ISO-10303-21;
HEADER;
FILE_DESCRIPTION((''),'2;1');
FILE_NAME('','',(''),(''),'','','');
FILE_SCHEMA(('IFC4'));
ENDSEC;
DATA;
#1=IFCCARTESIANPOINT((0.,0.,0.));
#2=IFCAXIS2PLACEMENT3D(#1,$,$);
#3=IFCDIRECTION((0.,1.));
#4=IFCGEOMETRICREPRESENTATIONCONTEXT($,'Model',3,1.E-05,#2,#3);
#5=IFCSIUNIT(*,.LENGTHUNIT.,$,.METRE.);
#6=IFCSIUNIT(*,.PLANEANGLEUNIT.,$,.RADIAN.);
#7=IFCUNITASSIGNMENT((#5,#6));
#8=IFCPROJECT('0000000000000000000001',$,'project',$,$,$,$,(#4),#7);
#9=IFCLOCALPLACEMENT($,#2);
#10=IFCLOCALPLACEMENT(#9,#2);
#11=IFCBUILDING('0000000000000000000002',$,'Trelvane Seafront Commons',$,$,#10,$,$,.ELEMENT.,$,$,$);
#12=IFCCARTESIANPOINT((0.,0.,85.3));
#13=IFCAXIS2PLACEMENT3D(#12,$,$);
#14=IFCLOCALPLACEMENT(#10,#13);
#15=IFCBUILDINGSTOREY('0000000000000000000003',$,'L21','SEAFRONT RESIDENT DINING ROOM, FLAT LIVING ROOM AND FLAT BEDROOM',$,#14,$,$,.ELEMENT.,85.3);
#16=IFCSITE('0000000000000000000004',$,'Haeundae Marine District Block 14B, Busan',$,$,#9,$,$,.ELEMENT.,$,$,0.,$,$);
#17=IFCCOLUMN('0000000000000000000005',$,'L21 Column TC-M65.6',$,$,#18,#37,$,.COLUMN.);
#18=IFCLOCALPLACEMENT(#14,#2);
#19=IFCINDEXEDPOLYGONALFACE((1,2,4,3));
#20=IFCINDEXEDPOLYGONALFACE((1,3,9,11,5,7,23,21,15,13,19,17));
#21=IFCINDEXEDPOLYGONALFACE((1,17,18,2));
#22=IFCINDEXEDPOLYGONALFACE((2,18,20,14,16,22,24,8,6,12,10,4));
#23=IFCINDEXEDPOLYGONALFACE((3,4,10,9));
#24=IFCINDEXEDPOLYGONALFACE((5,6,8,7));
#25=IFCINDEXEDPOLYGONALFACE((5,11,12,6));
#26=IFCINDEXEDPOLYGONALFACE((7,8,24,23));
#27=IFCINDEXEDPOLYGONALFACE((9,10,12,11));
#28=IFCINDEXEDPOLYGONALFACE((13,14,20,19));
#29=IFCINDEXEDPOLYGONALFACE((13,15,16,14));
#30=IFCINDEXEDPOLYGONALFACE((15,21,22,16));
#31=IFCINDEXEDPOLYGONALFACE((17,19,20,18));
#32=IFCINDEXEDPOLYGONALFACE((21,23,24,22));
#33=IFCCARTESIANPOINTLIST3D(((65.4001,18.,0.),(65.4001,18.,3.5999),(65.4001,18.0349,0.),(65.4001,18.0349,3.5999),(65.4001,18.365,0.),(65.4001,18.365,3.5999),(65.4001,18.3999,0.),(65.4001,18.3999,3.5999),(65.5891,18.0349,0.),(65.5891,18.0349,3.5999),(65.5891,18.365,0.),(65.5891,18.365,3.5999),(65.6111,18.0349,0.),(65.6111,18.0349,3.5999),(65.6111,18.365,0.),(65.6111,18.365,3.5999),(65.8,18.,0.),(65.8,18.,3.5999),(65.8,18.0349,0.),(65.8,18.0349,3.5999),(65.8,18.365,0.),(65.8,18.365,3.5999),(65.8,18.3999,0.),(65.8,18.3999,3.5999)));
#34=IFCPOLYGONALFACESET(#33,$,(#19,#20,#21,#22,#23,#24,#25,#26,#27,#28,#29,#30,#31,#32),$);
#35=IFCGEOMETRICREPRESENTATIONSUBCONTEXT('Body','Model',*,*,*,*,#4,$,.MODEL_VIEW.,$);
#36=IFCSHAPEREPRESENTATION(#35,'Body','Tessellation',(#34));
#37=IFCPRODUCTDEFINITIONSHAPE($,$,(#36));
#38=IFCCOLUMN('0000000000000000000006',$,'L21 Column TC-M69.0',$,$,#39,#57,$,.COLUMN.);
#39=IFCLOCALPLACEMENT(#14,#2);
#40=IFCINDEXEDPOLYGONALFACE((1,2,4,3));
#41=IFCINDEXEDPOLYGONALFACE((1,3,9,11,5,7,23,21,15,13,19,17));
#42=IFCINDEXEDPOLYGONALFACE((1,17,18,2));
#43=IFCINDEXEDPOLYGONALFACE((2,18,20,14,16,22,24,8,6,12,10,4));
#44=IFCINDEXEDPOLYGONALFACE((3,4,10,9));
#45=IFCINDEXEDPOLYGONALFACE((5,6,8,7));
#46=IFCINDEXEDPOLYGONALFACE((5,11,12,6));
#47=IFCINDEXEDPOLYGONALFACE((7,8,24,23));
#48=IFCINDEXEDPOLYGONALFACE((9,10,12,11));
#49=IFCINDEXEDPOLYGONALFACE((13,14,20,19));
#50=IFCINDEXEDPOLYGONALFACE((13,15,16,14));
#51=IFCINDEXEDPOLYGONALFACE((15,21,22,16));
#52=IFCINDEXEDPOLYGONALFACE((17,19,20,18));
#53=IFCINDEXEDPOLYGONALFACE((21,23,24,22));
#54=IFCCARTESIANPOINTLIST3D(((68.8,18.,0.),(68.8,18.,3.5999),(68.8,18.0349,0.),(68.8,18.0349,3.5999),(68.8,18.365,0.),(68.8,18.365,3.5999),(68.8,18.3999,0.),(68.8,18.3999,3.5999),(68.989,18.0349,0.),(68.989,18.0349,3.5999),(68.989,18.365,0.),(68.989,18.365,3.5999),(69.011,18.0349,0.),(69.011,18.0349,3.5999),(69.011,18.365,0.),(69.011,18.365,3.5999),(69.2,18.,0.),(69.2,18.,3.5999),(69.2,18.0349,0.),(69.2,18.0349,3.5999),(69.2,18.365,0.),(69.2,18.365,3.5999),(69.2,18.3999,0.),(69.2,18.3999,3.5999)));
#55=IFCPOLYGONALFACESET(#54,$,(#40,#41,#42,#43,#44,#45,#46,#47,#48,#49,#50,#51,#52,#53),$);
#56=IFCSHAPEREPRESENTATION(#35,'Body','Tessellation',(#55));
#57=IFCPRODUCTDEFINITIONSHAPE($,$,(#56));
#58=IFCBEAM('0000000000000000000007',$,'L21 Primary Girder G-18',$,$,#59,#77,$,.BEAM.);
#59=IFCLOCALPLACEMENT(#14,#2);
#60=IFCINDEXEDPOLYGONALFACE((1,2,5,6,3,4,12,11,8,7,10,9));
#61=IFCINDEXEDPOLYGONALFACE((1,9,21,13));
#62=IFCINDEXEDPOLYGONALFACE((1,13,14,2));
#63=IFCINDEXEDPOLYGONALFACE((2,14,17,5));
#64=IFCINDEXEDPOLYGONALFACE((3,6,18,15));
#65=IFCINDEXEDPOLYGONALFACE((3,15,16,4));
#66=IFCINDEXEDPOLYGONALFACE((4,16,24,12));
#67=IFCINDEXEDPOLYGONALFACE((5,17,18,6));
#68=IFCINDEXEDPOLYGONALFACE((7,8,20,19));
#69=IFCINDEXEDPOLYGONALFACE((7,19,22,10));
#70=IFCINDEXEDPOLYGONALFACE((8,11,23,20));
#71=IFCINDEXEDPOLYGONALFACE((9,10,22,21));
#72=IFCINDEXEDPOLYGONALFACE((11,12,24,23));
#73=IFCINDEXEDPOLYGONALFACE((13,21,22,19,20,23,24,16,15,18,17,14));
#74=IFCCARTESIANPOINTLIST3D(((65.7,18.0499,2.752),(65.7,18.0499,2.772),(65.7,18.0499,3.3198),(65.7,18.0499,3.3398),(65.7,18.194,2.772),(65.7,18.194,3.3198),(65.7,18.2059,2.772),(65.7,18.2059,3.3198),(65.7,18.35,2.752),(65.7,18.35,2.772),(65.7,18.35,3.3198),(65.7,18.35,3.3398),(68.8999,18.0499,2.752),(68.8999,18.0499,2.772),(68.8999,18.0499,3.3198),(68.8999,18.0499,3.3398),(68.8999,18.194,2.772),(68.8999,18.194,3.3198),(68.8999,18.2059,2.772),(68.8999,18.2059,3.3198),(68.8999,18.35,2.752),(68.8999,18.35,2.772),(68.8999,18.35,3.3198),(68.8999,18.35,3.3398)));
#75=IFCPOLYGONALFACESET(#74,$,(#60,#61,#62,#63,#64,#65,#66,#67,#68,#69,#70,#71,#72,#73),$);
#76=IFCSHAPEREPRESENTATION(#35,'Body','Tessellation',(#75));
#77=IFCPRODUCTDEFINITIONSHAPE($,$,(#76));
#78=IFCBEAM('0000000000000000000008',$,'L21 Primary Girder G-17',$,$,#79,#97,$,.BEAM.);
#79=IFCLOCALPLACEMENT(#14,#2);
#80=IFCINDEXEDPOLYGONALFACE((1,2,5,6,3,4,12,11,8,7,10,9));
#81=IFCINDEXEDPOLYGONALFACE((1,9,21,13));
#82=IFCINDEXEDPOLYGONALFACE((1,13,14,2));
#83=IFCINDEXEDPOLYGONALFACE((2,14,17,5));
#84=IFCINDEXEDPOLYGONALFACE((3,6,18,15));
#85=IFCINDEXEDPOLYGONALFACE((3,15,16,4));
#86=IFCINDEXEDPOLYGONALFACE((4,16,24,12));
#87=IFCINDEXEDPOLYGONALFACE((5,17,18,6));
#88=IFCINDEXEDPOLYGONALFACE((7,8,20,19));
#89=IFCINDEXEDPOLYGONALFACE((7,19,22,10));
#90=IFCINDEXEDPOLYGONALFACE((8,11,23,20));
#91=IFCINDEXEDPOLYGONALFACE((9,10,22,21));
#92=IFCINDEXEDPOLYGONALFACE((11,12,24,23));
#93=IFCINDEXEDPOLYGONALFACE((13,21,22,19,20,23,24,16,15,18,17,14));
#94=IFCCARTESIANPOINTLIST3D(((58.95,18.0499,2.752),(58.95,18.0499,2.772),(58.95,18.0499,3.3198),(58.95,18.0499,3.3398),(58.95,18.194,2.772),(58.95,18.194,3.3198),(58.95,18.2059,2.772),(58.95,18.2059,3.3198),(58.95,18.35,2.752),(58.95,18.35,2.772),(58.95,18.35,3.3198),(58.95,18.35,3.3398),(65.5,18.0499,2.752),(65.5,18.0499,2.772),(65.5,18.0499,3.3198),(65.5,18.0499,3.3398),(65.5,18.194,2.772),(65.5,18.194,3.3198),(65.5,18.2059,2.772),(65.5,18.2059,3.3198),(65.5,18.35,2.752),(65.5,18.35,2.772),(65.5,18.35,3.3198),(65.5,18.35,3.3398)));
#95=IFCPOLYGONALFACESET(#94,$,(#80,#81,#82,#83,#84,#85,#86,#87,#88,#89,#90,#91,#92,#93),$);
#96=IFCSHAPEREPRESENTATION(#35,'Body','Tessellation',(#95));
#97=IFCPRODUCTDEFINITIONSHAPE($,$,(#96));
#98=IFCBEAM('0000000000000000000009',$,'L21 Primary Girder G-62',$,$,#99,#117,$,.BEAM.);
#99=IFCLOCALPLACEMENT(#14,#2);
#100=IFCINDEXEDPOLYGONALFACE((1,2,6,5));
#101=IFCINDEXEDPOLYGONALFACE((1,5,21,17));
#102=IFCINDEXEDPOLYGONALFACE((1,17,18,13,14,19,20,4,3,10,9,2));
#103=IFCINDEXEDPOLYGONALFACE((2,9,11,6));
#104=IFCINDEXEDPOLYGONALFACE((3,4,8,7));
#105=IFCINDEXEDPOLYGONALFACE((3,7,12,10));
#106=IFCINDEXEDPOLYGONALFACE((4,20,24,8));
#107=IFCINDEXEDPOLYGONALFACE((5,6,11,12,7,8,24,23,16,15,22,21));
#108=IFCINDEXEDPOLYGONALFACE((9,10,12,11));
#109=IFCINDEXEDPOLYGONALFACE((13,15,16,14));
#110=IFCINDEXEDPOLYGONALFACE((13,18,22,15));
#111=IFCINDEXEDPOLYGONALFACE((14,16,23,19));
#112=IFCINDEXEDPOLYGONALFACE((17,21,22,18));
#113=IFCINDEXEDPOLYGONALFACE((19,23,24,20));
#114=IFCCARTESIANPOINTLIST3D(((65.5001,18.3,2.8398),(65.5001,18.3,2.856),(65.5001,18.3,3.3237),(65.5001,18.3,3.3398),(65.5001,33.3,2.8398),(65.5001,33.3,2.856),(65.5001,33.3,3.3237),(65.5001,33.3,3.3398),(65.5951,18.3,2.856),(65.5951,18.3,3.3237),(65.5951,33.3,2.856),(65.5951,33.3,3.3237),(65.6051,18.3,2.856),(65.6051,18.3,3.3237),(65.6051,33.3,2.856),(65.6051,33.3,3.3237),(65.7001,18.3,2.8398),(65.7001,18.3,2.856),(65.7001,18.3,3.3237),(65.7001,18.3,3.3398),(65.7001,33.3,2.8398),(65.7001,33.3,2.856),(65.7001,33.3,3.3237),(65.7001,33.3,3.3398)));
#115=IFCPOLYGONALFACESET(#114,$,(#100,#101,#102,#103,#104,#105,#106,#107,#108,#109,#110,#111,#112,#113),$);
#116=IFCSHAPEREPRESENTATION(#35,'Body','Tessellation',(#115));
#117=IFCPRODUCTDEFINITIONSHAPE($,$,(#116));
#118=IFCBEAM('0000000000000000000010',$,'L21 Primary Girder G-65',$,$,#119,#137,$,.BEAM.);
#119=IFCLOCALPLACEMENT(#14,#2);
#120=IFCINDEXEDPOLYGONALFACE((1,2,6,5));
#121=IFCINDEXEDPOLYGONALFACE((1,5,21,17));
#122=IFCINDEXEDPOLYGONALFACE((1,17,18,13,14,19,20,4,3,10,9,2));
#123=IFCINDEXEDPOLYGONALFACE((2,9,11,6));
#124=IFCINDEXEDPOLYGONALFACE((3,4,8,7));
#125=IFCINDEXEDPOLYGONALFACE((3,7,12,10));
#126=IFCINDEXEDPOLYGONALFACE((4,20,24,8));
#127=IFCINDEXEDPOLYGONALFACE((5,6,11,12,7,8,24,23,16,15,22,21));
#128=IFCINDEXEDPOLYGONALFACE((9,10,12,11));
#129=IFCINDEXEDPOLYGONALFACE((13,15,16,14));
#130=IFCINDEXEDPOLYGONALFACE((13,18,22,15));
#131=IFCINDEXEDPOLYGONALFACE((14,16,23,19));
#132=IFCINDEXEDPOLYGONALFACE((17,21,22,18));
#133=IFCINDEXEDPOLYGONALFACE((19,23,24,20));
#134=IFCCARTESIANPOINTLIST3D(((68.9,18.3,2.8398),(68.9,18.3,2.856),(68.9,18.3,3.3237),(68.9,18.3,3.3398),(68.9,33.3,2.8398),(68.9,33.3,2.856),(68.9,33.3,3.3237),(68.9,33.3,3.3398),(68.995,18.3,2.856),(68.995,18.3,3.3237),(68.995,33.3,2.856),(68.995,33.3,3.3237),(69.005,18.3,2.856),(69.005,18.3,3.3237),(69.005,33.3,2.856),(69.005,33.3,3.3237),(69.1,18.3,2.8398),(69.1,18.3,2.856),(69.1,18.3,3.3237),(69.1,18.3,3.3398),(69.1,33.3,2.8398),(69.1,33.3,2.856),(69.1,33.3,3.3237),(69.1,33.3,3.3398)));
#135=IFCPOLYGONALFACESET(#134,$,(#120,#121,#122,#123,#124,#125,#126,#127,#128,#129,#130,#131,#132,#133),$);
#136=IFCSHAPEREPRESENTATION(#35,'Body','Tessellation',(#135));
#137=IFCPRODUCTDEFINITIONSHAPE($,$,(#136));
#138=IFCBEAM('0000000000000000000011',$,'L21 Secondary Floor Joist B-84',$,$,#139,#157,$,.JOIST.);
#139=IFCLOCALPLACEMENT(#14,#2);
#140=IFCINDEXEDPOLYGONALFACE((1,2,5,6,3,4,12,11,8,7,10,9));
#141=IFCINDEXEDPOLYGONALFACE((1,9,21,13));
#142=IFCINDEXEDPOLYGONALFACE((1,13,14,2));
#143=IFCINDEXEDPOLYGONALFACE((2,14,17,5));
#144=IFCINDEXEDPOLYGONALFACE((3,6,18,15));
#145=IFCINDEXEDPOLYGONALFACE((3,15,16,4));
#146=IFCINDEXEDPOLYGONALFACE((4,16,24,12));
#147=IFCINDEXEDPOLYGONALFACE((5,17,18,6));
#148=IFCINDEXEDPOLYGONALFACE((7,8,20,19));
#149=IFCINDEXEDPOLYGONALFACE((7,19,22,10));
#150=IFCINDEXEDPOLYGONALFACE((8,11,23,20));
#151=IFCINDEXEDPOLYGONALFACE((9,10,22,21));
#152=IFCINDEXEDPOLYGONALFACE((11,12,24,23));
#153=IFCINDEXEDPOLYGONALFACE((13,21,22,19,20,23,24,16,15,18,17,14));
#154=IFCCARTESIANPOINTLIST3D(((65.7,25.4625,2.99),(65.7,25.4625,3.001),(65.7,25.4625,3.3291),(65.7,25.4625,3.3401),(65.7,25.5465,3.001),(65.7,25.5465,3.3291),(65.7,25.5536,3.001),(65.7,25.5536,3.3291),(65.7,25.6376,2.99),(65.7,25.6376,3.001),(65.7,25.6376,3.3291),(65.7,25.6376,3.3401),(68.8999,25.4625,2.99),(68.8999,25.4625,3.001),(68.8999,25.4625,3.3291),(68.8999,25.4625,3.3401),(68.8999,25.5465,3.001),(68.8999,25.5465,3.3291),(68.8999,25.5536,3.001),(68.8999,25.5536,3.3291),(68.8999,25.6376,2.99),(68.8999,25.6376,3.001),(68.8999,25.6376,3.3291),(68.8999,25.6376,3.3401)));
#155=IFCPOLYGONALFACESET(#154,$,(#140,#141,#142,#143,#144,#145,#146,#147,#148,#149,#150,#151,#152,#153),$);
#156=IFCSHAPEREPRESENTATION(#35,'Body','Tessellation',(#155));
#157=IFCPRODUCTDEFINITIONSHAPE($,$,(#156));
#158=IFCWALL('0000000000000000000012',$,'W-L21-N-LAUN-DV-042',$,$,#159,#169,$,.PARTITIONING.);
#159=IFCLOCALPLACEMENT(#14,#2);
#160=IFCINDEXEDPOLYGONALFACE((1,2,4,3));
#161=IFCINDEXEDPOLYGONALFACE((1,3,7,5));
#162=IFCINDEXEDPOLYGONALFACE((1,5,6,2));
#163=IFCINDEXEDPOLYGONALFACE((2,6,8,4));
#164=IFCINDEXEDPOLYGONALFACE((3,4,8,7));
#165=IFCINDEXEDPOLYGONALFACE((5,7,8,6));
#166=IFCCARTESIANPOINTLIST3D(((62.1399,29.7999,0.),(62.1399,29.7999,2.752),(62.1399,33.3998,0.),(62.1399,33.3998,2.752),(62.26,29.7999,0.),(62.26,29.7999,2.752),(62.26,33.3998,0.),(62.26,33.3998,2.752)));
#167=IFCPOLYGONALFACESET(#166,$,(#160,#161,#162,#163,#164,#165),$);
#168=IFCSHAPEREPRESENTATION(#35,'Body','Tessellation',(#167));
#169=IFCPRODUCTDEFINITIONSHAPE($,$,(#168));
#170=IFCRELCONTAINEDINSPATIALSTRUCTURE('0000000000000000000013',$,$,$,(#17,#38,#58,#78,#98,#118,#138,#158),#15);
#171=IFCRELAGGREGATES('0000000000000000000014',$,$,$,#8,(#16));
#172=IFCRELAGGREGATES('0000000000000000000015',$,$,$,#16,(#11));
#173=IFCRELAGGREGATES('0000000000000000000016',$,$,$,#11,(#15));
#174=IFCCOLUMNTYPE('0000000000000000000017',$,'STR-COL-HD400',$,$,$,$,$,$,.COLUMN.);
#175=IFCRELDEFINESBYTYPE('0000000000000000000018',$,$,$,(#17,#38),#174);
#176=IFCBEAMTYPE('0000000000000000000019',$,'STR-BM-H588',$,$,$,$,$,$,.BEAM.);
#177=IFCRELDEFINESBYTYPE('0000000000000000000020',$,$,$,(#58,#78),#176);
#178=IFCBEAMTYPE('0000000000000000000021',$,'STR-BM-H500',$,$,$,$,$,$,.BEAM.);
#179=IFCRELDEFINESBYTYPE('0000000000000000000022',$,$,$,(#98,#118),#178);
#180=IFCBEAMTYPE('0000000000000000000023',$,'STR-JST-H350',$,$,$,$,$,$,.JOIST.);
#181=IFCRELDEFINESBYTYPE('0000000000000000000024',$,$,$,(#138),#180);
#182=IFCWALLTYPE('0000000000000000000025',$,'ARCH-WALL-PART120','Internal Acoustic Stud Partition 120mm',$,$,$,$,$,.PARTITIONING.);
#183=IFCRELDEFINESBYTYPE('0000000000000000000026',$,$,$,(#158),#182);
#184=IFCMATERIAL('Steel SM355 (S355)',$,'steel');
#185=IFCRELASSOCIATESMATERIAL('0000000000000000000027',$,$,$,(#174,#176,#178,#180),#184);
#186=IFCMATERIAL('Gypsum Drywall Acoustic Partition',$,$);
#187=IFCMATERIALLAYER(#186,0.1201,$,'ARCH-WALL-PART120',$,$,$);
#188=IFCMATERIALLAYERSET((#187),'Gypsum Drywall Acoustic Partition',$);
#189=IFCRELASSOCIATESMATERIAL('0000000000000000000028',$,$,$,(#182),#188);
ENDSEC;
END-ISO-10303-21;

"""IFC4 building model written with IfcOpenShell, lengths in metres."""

from ifc_helpers import new_model, si_unit, direction, frame, frame_2d, origin, origin_2d, place, context, subcontext, project, spatial, rectangle, i_section, extrude, source, transform, mapped, material, layer, layer_set, material_profile, profile_set, type_object, element, save


model = new_model("IFC4")

# Units and contexts
model_context = context("Model", 3, precision=1e-05, world=origin(), true_north=direction((0.0, 1.0)))
body_context = subcontext(model_context, "Body", "Model", "MODEL_VIEW")
ifc_project = project(units=[si_unit("LENGTHUNIT", "METRE"), si_unit("PLANEANGLEUNIT", "RADIAN")], contexts=[model_context])

# Site, building, storey
site_placement = place(None, origin())
site = spatial("IfcSite", under=ifc_project, at=site_placement, Name="Haeundae Marine District Block 14B, Busan", CompositionType="ELEMENT", RefElevation=0.0)
building_placement = place(site_placement, origin())
building = spatial("IfcBuilding", under=site, at=building_placement, Name="Trelvane Seafront Commons", CompositionType="ELEMENT")
storey_placement = place(building_placement, frame((0.0, 0.0, 85.3)))
storey = spatial("IfcBuildingStorey", under=building, at=storey_placement, Name="L21", Description="SEAFRONT RESIDENT DINING ROOM, FLAT LIVING ROOM AND FLAT BEDROOM", CompositionType="ELEMENT", Elevation=85.3)

# Columns
ifc_material_1 = material(Name="Steel SM355 (S355)", Category="steel")
ifc_material_profile_1 = material_profile(ifc_material_1, i_section(OverallWidth=0.3999, OverallDepth=0.3999, WebThickness=0.022, FlangeThickness=0.0349, at=origin_2d()), Name="HD-400x400x22x35")
ifc_profile_set_1 = profile_set([ifc_material_profile_1], Name="Steel SM355 (S355)")
column_type = type_object("IfcColumnType", Name="STR-COL-HD400", PredefinedType="COLUMN", material=ifc_profile_set_1)
shared_shape_1 = source(origin(), body_context, "Body", "SweptSolid", [
    extrude(i_section(OverallWidth=0.3999, OverallDepth=0.3999, WebThickness=0.022, FlangeThickness=0.0349, at=origin_2d()), origin(), (0.0, 0.0, 1.0), 3.5999),
])
for number, where, z_axis, x_axis, name in (
    (1, (65.6001, 18.2, 0.0), (0.0, 0.0, 1.0), (1.0, 0.0, 0.0), "L21 Column TC-M65.6"),
    (2, (69.0, 18.2, 0.0), (0.0, 0.0, 1.0), (1.0, 0.0, 0.0), "L21 Column TC-M69.0"),
):
    element("IfcColumn", number, at=place(storey_placement, frame(where, z_axis=z_axis, x_axis=x_axis)), inside=storey, type_object=column_type, Name=name, PredefinedType="COLUMN", context=body_context, shape_type="MappedRepresentation", body=[
        mapped(shared_shape_1, transform((0.0, 0.0, 0.0), x_axis=(1.0, 0.0, 0.0), y_axis=(0.0, 1.0, 0.0), z_axis=(0.0, 0.0, 1.0), scale=1.0)),
    ])

# Beams
ifc_material_profile_2 = material_profile(ifc_material_1, i_section(OverallWidth=0.3, OverallDepth=0.5879, WebThickness=0.012, FlangeThickness=0.02, at=origin_2d()), Name="H-588x300x12x20")
ifc_profile_set_2 = profile_set([ifc_material_profile_2], Name="Steel SM355 (S355)")
beam_type_1 = type_object("IfcBeamType", Name="STR-BM-H588", PredefinedType="BEAM", material=ifc_profile_set_2)
shared_shape_2 = source(origin(), body_context, "Body", "SweptSolid", [
    extrude(i_section(OverallWidth=0.3, OverallDepth=0.5879, WebThickness=0.012, FlangeThickness=0.02, at=origin_2d()), origin(), (0.0, 0.0, 1.0), 3.2),
])
beam_1_placement = place(storey_placement, frame((65.7, 18.2, 3.0459), z_axis=(1.0, 0.0, 0.0), x_axis=(0.0, 1.0, 0.0)))
element("IfcBeam", 3, at=beam_1_placement, inside=storey, type_object=beam_type_1, Name="L21 Primary Girder G-18", PredefinedType="BEAM", context=body_context, shape_type="MappedRepresentation", body=[
    mapped(shared_shape_2, transform((0.0, 0.0, 0.0), x_axis=(1.0, 0.0, 0.0), y_axis=(0.0, 1.0, 0.0), z_axis=(0.0, 0.0, 1.0), scale=1.0)),
])
shared_shape_3 = source(origin(), body_context, "Body", "SweptSolid", [
    extrude(i_section(OverallWidth=0.3, OverallDepth=0.5879, WebThickness=0.012, FlangeThickness=0.02, at=origin_2d()), origin(), (0.0, 0.0, 1.0), 6.55),
])
beam_2_placement = place(storey_placement, frame((58.95, 18.2, 3.0459), z_axis=(1.0, 0.0, 0.0), x_axis=(0.0, 1.0, 0.0)))
element("IfcBeam", 4, at=beam_2_placement, inside=storey, type_object=beam_type_1, Name="L21 Primary Girder G-17", PredefinedType="BEAM", context=body_context, shape_type="MappedRepresentation", body=[
    mapped(shared_shape_3, transform((0.0, 0.0, 0.0), x_axis=(1.0, 0.0, 0.0), y_axis=(0.0, 1.0, 0.0), z_axis=(0.0, 0.0, 1.0), scale=1.0)),
])
ifc_material_profile_3 = material_profile(ifc_material_1, i_section(OverallWidth=0.2, OverallDepth=0.5, WebThickness=0.01, FlangeThickness=0.0161, at=origin_2d()), Name="H-500x200x10x16")
ifc_profile_set_3 = profile_set([ifc_material_profile_3], Name="Steel SM355 (S355)")
beam_type_2 = type_object("IfcBeamType", Name="STR-BM-H500", PredefinedType="BEAM", material=ifc_profile_set_3)
shared_shape_4 = source(origin(), body_context, "Body", "SweptSolid", [
    extrude(i_section(OverallWidth=0.2, OverallDepth=0.5, WebThickness=0.01, FlangeThickness=0.0161, at=origin_2d()), origin(), (0.0, 0.0, 1.0), 15.0),
])
for number, where, z_axis, x_axis, name in (
    (5, (65.6001, 18.3, 3.0898), (0.0, 1.0, 0.0), (-1.0, 0.0, 0.0), "L21 Primary Girder G-62"),
    (6, (69.0, 18.3, 3.0898), (0.0, 1.0, 0.0), (-1.0, 0.0, 0.0), "L21 Primary Girder G-65"),
):
    element("IfcBeam", number, at=place(storey_placement, frame(where, z_axis=z_axis, x_axis=x_axis)), inside=storey, type_object=beam_type_2, Name=name, PredefinedType="BEAM", context=body_context, shape_type="MappedRepresentation", body=[
        mapped(shared_shape_4, transform((0.0, 0.0, 0.0), x_axis=(1.0, 0.0, 0.0), y_axis=(0.0, 1.0, 0.0), z_axis=(0.0, 0.0, 1.0), scale=1.0)),
    ])
ifc_material_profile_4 = material_profile(ifc_material_1, i_section(OverallWidth=0.175, OverallDepth=0.3501, WebThickness=0.0071, FlangeThickness=0.011, at=origin_2d()), Name="H-350x175x7x11")
ifc_profile_set_4 = profile_set([ifc_material_profile_4], Name="Steel SM355 (S355)")
beam_type_3 = type_object("IfcBeamType", Name="STR-JST-H350", PredefinedType="JOIST", material=ifc_profile_set_4)
shared_shape_5 = source(origin(), body_context, "Body", "SweptSolid", [
    extrude(i_section(OverallWidth=0.175, OverallDepth=0.3501, WebThickness=0.0071, FlangeThickness=0.011, at=origin_2d()), origin(), (0.0, 0.0, 1.0), 3.2),
])
beam_3_placement = place(storey_placement, frame((65.7, 25.55, 3.165), z_axis=(1.0, 0.0, 0.0), x_axis=(0.0, 1.0, 0.0)))
element("IfcBeam", 7, at=beam_3_placement, inside=storey, type_object=beam_type_3, Name="L21 Secondary Floor Joist B-84", PredefinedType="JOIST", context=body_context, shape_type="MappedRepresentation", body=[
    mapped(shared_shape_5, transform((0.0, 0.0, 0.0), x_axis=(1.0, 0.0, 0.0), y_axis=(0.0, 1.0, 0.0), z_axis=(0.0, 0.0, 1.0), scale=1.0)),
])

# Wall
ifc_material_2 = material(Name="Gypsum Drywall Acoustic Partition")
ifc_layer_1 = layer(ifc_material_2, 0.1201, Name="ARCH-WALL-PART120")
ifc_layer_set_1 = layer_set([ifc_layer_1], Name="Gypsum Drywall Acoustic Partition")
wall_type_1 = type_object("IfcWallType", Name="ARCH-WALL-PART120", Description="Internal Acoustic Stud Partition 120mm", PredefinedType="PARTITIONING", material=ifc_layer_set_1)
wall_1_placement = place(storey_placement, frame((62.2, 29.8, 0.0), z_axis=(0.0, 0.0, 1.0), x_axis=(0.0, 1.0, 0.0)))
element("IfcWall", 8, at=wall_1_placement, inside=storey, type_object=wall_type_1, Name="W-L21-N-LAUN-DV-042", PredefinedType="PARTITIONING", context=body_context, shape_type="SweptSolid", body=[
    extrude(rectangle(XDim=3.5999, YDim=0.1201, at=frame_2d((1.7998, 0.0))), origin(), (0.0, 0.0, 1.0), 2.752),
])

save(model, "model.ifc")
